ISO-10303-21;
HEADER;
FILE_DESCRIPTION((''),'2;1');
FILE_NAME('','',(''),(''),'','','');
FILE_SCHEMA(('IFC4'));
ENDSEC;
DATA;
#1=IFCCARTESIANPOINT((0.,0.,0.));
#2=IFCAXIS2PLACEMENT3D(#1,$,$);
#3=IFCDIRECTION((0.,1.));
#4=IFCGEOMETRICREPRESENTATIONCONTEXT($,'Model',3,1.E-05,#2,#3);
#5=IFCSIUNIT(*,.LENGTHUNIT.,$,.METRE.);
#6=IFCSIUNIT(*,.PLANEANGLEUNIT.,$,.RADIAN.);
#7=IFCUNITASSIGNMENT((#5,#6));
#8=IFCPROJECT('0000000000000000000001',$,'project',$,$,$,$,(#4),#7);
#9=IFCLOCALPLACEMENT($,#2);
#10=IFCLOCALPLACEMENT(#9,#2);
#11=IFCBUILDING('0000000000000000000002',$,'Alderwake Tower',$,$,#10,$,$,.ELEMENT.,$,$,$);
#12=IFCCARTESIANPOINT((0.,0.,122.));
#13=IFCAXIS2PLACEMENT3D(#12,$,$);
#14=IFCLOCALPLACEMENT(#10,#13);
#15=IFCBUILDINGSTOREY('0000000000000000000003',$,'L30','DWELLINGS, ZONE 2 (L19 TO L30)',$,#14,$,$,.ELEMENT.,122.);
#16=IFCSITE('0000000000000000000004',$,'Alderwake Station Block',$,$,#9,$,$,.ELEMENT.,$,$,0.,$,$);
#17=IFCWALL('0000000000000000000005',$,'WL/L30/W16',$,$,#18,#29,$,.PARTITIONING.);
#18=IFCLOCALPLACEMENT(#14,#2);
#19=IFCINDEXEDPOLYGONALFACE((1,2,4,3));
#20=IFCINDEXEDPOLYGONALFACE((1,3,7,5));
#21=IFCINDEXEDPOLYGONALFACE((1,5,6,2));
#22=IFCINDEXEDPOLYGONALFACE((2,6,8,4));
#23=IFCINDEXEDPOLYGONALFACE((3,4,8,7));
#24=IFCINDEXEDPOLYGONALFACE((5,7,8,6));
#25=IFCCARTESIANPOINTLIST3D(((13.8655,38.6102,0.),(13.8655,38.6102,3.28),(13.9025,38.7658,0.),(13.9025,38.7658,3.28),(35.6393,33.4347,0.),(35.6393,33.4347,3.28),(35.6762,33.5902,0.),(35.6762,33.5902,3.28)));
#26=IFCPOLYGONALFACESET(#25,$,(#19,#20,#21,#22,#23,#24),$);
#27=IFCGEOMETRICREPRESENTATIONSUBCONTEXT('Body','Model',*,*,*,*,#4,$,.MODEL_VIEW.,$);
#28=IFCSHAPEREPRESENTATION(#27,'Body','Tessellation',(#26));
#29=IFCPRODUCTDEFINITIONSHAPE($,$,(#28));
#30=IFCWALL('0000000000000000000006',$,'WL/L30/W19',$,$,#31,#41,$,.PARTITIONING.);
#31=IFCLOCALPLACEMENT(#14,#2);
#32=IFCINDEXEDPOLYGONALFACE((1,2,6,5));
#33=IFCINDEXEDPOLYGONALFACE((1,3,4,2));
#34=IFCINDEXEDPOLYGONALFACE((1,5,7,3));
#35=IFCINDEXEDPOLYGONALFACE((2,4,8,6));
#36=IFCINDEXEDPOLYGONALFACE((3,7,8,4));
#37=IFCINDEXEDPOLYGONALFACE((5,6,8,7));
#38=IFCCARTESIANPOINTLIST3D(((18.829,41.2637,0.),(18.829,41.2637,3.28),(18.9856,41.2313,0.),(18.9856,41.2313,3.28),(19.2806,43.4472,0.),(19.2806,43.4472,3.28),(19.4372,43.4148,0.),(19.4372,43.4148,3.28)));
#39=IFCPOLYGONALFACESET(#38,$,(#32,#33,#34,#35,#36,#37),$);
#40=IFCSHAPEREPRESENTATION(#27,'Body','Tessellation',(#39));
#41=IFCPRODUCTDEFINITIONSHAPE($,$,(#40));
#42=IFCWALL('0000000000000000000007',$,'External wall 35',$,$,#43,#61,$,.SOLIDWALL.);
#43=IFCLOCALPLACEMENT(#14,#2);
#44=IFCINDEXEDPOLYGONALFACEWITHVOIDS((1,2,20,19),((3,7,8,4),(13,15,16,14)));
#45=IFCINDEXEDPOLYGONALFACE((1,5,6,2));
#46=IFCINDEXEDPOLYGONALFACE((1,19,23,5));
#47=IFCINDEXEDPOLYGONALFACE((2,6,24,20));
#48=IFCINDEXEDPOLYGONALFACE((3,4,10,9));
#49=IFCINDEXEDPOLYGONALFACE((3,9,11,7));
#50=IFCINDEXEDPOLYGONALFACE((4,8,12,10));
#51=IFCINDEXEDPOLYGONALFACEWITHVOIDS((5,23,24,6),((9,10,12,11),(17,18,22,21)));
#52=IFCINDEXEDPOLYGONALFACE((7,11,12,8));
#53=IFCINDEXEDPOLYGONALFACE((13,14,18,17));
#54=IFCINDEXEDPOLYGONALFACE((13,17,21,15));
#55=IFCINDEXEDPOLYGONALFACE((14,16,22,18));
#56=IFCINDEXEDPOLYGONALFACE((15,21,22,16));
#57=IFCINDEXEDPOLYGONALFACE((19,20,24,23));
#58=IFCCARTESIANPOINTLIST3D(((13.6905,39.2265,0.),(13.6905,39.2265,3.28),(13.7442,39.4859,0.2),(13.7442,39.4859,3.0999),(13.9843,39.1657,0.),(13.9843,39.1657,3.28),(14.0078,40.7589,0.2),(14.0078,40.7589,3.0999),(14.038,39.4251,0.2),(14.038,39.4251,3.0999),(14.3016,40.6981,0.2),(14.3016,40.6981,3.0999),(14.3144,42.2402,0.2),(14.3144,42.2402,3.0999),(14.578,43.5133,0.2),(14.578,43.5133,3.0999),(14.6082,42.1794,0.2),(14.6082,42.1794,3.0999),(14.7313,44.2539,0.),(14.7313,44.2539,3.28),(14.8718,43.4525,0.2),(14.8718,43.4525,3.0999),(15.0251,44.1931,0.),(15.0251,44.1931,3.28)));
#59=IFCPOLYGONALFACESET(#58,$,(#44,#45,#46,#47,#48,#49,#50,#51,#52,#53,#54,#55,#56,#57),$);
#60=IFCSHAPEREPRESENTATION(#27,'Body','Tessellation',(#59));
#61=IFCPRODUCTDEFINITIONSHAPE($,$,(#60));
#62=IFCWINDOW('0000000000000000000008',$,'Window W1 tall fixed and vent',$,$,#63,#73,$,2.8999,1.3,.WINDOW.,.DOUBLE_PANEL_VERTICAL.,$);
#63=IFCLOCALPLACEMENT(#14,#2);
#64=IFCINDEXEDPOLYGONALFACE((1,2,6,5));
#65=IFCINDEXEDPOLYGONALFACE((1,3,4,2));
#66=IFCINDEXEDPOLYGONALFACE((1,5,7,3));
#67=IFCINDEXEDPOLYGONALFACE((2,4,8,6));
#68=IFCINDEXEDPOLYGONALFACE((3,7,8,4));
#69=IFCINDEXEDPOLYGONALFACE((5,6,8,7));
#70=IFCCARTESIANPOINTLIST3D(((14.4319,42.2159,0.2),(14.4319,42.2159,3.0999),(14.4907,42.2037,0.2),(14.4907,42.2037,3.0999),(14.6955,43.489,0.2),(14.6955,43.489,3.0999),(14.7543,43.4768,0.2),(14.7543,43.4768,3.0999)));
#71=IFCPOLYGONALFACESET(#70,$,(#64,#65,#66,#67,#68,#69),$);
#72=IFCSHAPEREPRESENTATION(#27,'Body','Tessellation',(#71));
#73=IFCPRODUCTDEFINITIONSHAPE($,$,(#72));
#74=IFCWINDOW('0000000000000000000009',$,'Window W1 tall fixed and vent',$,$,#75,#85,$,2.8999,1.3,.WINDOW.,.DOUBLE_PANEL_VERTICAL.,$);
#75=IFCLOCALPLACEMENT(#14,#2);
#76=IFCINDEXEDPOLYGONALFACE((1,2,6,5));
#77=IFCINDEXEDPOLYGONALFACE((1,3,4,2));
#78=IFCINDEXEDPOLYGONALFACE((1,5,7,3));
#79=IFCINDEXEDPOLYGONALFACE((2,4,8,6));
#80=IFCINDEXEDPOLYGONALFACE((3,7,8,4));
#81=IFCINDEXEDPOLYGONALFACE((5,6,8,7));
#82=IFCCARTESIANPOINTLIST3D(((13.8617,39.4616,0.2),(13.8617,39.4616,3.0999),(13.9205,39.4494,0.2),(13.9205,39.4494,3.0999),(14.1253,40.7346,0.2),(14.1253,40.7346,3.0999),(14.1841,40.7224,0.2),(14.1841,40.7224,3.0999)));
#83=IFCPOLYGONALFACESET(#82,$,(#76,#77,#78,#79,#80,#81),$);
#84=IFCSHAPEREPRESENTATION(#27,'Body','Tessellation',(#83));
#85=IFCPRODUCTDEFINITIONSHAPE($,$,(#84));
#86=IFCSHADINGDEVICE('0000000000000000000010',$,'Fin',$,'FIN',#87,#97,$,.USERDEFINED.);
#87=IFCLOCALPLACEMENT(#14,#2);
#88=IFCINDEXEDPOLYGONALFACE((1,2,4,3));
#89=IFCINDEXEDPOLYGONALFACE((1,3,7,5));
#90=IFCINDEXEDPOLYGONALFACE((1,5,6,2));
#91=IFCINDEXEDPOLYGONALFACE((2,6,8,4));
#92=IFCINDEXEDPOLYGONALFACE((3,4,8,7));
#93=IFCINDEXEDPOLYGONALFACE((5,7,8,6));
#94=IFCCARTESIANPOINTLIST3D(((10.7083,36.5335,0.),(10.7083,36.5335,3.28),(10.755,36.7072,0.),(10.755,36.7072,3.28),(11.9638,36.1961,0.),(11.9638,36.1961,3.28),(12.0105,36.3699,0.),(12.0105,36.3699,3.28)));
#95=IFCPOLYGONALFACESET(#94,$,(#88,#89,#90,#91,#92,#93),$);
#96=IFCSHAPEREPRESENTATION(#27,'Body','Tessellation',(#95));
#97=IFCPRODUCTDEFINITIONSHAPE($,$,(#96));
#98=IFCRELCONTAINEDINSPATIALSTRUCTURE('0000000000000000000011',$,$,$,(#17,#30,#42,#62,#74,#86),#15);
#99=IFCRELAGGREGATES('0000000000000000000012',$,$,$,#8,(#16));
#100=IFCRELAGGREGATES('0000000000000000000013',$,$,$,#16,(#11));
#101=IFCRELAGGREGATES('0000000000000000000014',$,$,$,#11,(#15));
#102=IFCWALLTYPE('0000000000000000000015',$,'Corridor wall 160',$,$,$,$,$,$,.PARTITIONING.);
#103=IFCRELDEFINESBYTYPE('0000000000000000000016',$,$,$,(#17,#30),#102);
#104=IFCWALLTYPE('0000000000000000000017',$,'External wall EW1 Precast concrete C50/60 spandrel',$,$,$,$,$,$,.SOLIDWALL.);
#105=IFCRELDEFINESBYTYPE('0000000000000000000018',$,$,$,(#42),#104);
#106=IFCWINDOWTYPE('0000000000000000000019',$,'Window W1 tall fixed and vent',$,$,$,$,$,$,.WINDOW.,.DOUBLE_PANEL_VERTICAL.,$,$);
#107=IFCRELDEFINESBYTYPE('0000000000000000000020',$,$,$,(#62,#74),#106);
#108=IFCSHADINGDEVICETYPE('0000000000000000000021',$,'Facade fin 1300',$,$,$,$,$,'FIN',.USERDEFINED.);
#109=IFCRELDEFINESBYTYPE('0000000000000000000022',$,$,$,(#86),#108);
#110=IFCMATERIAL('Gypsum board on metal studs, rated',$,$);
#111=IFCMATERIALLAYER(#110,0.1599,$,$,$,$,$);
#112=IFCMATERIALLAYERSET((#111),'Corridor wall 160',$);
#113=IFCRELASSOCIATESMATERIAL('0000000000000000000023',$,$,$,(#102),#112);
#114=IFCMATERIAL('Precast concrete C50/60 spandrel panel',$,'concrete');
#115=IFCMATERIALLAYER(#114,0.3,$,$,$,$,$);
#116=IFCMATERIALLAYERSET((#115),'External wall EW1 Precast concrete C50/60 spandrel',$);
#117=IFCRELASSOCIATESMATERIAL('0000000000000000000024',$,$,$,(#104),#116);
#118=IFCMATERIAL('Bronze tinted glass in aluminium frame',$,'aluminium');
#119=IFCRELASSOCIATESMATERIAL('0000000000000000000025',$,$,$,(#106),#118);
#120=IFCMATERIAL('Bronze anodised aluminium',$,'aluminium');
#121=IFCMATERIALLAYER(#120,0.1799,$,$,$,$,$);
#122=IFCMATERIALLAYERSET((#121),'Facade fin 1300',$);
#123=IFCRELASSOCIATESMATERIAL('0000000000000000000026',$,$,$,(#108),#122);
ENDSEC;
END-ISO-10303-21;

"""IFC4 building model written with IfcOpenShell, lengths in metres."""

from ifc_helpers import new_model, si_unit, direction, frame, frame_2d, origin, origin_2d, place, context, subcontext, project, spatial, rectangle, extrude, material, layer, layer_set, type_object, element, fill, save


model = new_model("IFC4")

# Units and contexts
model_context = context("Model", 3, precision=1e-05, world=origin(), true_north=direction((0.0, 1.0)))
body_context = subcontext(model_context, "Body", "Model", "MODEL_VIEW")
ifc_project = project(units=[si_unit("LENGTHUNIT", "METRE"), si_unit("PLANEANGLEUNIT", "RADIAN")], contexts=[model_context])

# Site, building, storey
site_placement = place(None, origin())
site = spatial("IfcSite", under=ifc_project, at=site_placement, Name="Alderwake Station Block", CompositionType="ELEMENT", RefElevation=0.0)
building_placement = place(site_placement, origin())
building = spatial("IfcBuilding", under=site, at=building_placement, Name="Alderwake Tower", CompositionType="ELEMENT")
storey_placement = place(building_placement, frame((0.0, 0.0, 122.0)))
storey = spatial("IfcBuildingStorey", under=building, at=storey_placement, Name="L30", Description="DWELLINGS, ZONE 2 (L19 TO L30)", CompositionType="ELEMENT", Elevation=122.0)

# Walls
ifc_material_1 = material(Name="Gypsum board on metal studs, rated")
ifc_layer_1 = layer(ifc_material_1, 0.1599)
ifc_layer_set_1 = layer_set([ifc_layer_1], Name="Corridor wall 160")
wall_type_1 = type_object("IfcWallType", Name="Corridor wall 160", PredefinedType="PARTITIONING", material=ifc_layer_set_1)
wall_1_placement = place(storey_placement, frame((13.884, 38.688, 0.0), z_axis=(0.0, 0.0, 1.0), x_axis=(0.972893, -0.231254, 0.0)))
element("IfcWall", 1, at=wall_1_placement, inside=storey, type_object=wall_type_1, Name="WL/L30/W16", PredefinedType="PARTITIONING", context=body_context, shape_type="SweptSolid", body=[
    extrude(rectangle(XDim=22.3804, YDim=0.1599, at=frame_2d((11.1902, 0.0))), origin(), (0.0, 0.0, 1.0), 3.28),
])
wall_2_placement = place(storey_placement, frame((19.3589, 43.4309, 0.0), z_axis=(0.0, 0.0, 1.0), x_axis=(-0.202555, -0.979271, 0.0)))
element("IfcWall", 2, at=wall_2_placement, inside=storey, type_object=wall_type_1, Name="WL/L30/W19", PredefinedType="PARTITIONING", context=body_context, shape_type="SweptSolid", body=[
    extrude(rectangle(XDim=2.2297, YDim=0.1599, at=frame_2d((1.1147, 0.0))), origin(), (0.0, 0.0, 1.0), 3.28),
])

# Wall, openings, windows
ifc_material_2 = material(Name="Precast concrete C50/60 spandrel panel", Category="concrete")
ifc_layer_2 = layer(ifc_material_2, 0.3)
ifc_layer_set_2 = layer_set([ifc_layer_2], Name="External wall EW1 Precast concrete C50/60 spandrel")
wall_type_2 = type_object("IfcWallType", Name="External wall EW1 Precast concrete C50/60 spandrel", PredefinedType="SOLIDWALL", material=ifc_layer_set_2)
wall_3_placement = place(storey_placement, frame((14.8782, 44.2234, 0.0), z_axis=(0.0, 0.0, 1.0), x_axis=(-0.202724, -0.979236, 0.0)))
wall_3 = element("IfcWall", 3, at=wall_3_placement, inside=storey, type_object=wall_type_2, Name="External wall 35", PredefinedType="SOLIDWALL", context=body_context, shape_type="SweptSolid", body=[
    extrude(rectangle(XDim=5.134, YDim=0.3, at=frame_2d((2.5669, 0.0))), origin(), (0.0, 0.0, 1.0), 3.28),
])
opening_1_placement = place(wall_3_placement, frame((0.7563, 0.0, 0.2)))
opening_1 = element("IfcOpeningElement", 4, at=opening_1_placement, cuts=wall_3, PredefinedType="OPENING", context=body_context, shape_type="SweptSolid", body=[
    extrude(rectangle(XDim=1.3, YDim=2.8999, at=frame_2d((0.6499, 1.45))), frame((0.0, 0.1599, 0.0), z_axis=(0.0, -1.0, 0.0), x_axis=(1.0, 0.0, 0.0)), (0.0, 0.0, 1.0), 0.3201),
])
opening_2_placement = place(wall_3_placement, frame((3.5691, 0.0, 0.2)))
opening_2 = element("IfcOpeningElement", 5, at=opening_2_placement, cuts=wall_3, PredefinedType="OPENING", context=body_context, shape_type="SweptSolid", body=[
    extrude(rectangle(XDim=1.3, YDim=2.8999, at=frame_2d((0.6499, 1.45))), frame((0.0, 0.1599, 0.0), z_axis=(0.0, -1.0, 0.0), x_axis=(1.0, 0.0, 0.0)), (0.0, 0.0, 1.0), 0.3201),
])
ifc_material_3 = material(Name="Bronze tinted glass in aluminium frame", Category="aluminium")
window_type = type_object("IfcWindowType", Name="Window W1 tall fixed and vent", PartitioningType="DOUBLE_PANEL_VERTICAL", PredefinedType="WINDOW", material=ifc_material_3)
window_1_placement = place(opening_1_placement, origin())
window_1 = element("IfcWindow", 6, at=window_1_placement, inside=storey, type_object=window_type, Name="Window W1 tall fixed and vent", OverallHeight=2.8999, OverallWidth=1.3, PartitioningType="DOUBLE_PANEL_VERTICAL", PredefinedType="WINDOW", context=body_context, shape_type="SweptSolid", body=[
    extrude(rectangle(XDim=1.3, YDim=2.8999, at=frame_2d((0.6499, 1.45))), frame((0.0, 0.03, 0.0), z_axis=(0.0, -1.0, 0.0), x_axis=(1.0, 0.0, 0.0)), (0.0, 0.0, 1.0), 0.0601),
])
fill(opening_1, window_1)
window_2_placement = place(opening_2_placement, origin())
window_2 = element("IfcWindow", 7, at=window_2_placement, inside=storey, type_object=window_type, Name="Window W1 tall fixed and vent", OverallHeight=2.8999, OverallWidth=1.3, PartitioningType="DOUBLE_PANEL_VERTICAL", PredefinedType="WINDOW", context=body_context, shape_type="SweptSolid", body=[
    extrude(rectangle(XDim=1.3, YDim=2.8999, at=frame_2d((0.6499, 1.45))), frame((0.0, 0.03, 0.0), z_axis=(0.0, -1.0, 0.0), x_axis=(1.0, 0.0, 0.0)), (0.0, 0.0, 1.0), 0.0601),
])
fill(opening_2, window_2)

# Shading device
ifc_material_4 = material(Name="Bronze anodised aluminium", Category="aluminium")
ifc_layer_3 = layer(ifc_material_4, 0.1799)
ifc_layer_set_3 = layer_set([ifc_layer_3], Name="Facade fin 1300")
shading_device_type = type_object("IfcShadingDeviceType", Name="Facade fin 1300", ElementType="FIN", PredefinedType="USERDEFINED", material=ifc_layer_set_3)
shading_device_placement = place(storey_placement, frame((11.3594, 36.4517, 0.0), z_axis=(0.0, 0.0, 1.0), x_axis=(0.965744, -0.259495, 0.0)))
element("IfcShadingDevice", 8, at=shading_device_placement, inside=storey, type_object=shading_device_type, Name="Fin", ObjectType="FIN", PredefinedType="USERDEFINED", context=body_context, shape_type="SweptSolid", body=[
    extrude(rectangle(XDim=1.3, YDim=0.1799, at=origin_2d()), origin(), (0.0, 0.0, 1.0), 3.28),
])

save(model, "model.ifc")
